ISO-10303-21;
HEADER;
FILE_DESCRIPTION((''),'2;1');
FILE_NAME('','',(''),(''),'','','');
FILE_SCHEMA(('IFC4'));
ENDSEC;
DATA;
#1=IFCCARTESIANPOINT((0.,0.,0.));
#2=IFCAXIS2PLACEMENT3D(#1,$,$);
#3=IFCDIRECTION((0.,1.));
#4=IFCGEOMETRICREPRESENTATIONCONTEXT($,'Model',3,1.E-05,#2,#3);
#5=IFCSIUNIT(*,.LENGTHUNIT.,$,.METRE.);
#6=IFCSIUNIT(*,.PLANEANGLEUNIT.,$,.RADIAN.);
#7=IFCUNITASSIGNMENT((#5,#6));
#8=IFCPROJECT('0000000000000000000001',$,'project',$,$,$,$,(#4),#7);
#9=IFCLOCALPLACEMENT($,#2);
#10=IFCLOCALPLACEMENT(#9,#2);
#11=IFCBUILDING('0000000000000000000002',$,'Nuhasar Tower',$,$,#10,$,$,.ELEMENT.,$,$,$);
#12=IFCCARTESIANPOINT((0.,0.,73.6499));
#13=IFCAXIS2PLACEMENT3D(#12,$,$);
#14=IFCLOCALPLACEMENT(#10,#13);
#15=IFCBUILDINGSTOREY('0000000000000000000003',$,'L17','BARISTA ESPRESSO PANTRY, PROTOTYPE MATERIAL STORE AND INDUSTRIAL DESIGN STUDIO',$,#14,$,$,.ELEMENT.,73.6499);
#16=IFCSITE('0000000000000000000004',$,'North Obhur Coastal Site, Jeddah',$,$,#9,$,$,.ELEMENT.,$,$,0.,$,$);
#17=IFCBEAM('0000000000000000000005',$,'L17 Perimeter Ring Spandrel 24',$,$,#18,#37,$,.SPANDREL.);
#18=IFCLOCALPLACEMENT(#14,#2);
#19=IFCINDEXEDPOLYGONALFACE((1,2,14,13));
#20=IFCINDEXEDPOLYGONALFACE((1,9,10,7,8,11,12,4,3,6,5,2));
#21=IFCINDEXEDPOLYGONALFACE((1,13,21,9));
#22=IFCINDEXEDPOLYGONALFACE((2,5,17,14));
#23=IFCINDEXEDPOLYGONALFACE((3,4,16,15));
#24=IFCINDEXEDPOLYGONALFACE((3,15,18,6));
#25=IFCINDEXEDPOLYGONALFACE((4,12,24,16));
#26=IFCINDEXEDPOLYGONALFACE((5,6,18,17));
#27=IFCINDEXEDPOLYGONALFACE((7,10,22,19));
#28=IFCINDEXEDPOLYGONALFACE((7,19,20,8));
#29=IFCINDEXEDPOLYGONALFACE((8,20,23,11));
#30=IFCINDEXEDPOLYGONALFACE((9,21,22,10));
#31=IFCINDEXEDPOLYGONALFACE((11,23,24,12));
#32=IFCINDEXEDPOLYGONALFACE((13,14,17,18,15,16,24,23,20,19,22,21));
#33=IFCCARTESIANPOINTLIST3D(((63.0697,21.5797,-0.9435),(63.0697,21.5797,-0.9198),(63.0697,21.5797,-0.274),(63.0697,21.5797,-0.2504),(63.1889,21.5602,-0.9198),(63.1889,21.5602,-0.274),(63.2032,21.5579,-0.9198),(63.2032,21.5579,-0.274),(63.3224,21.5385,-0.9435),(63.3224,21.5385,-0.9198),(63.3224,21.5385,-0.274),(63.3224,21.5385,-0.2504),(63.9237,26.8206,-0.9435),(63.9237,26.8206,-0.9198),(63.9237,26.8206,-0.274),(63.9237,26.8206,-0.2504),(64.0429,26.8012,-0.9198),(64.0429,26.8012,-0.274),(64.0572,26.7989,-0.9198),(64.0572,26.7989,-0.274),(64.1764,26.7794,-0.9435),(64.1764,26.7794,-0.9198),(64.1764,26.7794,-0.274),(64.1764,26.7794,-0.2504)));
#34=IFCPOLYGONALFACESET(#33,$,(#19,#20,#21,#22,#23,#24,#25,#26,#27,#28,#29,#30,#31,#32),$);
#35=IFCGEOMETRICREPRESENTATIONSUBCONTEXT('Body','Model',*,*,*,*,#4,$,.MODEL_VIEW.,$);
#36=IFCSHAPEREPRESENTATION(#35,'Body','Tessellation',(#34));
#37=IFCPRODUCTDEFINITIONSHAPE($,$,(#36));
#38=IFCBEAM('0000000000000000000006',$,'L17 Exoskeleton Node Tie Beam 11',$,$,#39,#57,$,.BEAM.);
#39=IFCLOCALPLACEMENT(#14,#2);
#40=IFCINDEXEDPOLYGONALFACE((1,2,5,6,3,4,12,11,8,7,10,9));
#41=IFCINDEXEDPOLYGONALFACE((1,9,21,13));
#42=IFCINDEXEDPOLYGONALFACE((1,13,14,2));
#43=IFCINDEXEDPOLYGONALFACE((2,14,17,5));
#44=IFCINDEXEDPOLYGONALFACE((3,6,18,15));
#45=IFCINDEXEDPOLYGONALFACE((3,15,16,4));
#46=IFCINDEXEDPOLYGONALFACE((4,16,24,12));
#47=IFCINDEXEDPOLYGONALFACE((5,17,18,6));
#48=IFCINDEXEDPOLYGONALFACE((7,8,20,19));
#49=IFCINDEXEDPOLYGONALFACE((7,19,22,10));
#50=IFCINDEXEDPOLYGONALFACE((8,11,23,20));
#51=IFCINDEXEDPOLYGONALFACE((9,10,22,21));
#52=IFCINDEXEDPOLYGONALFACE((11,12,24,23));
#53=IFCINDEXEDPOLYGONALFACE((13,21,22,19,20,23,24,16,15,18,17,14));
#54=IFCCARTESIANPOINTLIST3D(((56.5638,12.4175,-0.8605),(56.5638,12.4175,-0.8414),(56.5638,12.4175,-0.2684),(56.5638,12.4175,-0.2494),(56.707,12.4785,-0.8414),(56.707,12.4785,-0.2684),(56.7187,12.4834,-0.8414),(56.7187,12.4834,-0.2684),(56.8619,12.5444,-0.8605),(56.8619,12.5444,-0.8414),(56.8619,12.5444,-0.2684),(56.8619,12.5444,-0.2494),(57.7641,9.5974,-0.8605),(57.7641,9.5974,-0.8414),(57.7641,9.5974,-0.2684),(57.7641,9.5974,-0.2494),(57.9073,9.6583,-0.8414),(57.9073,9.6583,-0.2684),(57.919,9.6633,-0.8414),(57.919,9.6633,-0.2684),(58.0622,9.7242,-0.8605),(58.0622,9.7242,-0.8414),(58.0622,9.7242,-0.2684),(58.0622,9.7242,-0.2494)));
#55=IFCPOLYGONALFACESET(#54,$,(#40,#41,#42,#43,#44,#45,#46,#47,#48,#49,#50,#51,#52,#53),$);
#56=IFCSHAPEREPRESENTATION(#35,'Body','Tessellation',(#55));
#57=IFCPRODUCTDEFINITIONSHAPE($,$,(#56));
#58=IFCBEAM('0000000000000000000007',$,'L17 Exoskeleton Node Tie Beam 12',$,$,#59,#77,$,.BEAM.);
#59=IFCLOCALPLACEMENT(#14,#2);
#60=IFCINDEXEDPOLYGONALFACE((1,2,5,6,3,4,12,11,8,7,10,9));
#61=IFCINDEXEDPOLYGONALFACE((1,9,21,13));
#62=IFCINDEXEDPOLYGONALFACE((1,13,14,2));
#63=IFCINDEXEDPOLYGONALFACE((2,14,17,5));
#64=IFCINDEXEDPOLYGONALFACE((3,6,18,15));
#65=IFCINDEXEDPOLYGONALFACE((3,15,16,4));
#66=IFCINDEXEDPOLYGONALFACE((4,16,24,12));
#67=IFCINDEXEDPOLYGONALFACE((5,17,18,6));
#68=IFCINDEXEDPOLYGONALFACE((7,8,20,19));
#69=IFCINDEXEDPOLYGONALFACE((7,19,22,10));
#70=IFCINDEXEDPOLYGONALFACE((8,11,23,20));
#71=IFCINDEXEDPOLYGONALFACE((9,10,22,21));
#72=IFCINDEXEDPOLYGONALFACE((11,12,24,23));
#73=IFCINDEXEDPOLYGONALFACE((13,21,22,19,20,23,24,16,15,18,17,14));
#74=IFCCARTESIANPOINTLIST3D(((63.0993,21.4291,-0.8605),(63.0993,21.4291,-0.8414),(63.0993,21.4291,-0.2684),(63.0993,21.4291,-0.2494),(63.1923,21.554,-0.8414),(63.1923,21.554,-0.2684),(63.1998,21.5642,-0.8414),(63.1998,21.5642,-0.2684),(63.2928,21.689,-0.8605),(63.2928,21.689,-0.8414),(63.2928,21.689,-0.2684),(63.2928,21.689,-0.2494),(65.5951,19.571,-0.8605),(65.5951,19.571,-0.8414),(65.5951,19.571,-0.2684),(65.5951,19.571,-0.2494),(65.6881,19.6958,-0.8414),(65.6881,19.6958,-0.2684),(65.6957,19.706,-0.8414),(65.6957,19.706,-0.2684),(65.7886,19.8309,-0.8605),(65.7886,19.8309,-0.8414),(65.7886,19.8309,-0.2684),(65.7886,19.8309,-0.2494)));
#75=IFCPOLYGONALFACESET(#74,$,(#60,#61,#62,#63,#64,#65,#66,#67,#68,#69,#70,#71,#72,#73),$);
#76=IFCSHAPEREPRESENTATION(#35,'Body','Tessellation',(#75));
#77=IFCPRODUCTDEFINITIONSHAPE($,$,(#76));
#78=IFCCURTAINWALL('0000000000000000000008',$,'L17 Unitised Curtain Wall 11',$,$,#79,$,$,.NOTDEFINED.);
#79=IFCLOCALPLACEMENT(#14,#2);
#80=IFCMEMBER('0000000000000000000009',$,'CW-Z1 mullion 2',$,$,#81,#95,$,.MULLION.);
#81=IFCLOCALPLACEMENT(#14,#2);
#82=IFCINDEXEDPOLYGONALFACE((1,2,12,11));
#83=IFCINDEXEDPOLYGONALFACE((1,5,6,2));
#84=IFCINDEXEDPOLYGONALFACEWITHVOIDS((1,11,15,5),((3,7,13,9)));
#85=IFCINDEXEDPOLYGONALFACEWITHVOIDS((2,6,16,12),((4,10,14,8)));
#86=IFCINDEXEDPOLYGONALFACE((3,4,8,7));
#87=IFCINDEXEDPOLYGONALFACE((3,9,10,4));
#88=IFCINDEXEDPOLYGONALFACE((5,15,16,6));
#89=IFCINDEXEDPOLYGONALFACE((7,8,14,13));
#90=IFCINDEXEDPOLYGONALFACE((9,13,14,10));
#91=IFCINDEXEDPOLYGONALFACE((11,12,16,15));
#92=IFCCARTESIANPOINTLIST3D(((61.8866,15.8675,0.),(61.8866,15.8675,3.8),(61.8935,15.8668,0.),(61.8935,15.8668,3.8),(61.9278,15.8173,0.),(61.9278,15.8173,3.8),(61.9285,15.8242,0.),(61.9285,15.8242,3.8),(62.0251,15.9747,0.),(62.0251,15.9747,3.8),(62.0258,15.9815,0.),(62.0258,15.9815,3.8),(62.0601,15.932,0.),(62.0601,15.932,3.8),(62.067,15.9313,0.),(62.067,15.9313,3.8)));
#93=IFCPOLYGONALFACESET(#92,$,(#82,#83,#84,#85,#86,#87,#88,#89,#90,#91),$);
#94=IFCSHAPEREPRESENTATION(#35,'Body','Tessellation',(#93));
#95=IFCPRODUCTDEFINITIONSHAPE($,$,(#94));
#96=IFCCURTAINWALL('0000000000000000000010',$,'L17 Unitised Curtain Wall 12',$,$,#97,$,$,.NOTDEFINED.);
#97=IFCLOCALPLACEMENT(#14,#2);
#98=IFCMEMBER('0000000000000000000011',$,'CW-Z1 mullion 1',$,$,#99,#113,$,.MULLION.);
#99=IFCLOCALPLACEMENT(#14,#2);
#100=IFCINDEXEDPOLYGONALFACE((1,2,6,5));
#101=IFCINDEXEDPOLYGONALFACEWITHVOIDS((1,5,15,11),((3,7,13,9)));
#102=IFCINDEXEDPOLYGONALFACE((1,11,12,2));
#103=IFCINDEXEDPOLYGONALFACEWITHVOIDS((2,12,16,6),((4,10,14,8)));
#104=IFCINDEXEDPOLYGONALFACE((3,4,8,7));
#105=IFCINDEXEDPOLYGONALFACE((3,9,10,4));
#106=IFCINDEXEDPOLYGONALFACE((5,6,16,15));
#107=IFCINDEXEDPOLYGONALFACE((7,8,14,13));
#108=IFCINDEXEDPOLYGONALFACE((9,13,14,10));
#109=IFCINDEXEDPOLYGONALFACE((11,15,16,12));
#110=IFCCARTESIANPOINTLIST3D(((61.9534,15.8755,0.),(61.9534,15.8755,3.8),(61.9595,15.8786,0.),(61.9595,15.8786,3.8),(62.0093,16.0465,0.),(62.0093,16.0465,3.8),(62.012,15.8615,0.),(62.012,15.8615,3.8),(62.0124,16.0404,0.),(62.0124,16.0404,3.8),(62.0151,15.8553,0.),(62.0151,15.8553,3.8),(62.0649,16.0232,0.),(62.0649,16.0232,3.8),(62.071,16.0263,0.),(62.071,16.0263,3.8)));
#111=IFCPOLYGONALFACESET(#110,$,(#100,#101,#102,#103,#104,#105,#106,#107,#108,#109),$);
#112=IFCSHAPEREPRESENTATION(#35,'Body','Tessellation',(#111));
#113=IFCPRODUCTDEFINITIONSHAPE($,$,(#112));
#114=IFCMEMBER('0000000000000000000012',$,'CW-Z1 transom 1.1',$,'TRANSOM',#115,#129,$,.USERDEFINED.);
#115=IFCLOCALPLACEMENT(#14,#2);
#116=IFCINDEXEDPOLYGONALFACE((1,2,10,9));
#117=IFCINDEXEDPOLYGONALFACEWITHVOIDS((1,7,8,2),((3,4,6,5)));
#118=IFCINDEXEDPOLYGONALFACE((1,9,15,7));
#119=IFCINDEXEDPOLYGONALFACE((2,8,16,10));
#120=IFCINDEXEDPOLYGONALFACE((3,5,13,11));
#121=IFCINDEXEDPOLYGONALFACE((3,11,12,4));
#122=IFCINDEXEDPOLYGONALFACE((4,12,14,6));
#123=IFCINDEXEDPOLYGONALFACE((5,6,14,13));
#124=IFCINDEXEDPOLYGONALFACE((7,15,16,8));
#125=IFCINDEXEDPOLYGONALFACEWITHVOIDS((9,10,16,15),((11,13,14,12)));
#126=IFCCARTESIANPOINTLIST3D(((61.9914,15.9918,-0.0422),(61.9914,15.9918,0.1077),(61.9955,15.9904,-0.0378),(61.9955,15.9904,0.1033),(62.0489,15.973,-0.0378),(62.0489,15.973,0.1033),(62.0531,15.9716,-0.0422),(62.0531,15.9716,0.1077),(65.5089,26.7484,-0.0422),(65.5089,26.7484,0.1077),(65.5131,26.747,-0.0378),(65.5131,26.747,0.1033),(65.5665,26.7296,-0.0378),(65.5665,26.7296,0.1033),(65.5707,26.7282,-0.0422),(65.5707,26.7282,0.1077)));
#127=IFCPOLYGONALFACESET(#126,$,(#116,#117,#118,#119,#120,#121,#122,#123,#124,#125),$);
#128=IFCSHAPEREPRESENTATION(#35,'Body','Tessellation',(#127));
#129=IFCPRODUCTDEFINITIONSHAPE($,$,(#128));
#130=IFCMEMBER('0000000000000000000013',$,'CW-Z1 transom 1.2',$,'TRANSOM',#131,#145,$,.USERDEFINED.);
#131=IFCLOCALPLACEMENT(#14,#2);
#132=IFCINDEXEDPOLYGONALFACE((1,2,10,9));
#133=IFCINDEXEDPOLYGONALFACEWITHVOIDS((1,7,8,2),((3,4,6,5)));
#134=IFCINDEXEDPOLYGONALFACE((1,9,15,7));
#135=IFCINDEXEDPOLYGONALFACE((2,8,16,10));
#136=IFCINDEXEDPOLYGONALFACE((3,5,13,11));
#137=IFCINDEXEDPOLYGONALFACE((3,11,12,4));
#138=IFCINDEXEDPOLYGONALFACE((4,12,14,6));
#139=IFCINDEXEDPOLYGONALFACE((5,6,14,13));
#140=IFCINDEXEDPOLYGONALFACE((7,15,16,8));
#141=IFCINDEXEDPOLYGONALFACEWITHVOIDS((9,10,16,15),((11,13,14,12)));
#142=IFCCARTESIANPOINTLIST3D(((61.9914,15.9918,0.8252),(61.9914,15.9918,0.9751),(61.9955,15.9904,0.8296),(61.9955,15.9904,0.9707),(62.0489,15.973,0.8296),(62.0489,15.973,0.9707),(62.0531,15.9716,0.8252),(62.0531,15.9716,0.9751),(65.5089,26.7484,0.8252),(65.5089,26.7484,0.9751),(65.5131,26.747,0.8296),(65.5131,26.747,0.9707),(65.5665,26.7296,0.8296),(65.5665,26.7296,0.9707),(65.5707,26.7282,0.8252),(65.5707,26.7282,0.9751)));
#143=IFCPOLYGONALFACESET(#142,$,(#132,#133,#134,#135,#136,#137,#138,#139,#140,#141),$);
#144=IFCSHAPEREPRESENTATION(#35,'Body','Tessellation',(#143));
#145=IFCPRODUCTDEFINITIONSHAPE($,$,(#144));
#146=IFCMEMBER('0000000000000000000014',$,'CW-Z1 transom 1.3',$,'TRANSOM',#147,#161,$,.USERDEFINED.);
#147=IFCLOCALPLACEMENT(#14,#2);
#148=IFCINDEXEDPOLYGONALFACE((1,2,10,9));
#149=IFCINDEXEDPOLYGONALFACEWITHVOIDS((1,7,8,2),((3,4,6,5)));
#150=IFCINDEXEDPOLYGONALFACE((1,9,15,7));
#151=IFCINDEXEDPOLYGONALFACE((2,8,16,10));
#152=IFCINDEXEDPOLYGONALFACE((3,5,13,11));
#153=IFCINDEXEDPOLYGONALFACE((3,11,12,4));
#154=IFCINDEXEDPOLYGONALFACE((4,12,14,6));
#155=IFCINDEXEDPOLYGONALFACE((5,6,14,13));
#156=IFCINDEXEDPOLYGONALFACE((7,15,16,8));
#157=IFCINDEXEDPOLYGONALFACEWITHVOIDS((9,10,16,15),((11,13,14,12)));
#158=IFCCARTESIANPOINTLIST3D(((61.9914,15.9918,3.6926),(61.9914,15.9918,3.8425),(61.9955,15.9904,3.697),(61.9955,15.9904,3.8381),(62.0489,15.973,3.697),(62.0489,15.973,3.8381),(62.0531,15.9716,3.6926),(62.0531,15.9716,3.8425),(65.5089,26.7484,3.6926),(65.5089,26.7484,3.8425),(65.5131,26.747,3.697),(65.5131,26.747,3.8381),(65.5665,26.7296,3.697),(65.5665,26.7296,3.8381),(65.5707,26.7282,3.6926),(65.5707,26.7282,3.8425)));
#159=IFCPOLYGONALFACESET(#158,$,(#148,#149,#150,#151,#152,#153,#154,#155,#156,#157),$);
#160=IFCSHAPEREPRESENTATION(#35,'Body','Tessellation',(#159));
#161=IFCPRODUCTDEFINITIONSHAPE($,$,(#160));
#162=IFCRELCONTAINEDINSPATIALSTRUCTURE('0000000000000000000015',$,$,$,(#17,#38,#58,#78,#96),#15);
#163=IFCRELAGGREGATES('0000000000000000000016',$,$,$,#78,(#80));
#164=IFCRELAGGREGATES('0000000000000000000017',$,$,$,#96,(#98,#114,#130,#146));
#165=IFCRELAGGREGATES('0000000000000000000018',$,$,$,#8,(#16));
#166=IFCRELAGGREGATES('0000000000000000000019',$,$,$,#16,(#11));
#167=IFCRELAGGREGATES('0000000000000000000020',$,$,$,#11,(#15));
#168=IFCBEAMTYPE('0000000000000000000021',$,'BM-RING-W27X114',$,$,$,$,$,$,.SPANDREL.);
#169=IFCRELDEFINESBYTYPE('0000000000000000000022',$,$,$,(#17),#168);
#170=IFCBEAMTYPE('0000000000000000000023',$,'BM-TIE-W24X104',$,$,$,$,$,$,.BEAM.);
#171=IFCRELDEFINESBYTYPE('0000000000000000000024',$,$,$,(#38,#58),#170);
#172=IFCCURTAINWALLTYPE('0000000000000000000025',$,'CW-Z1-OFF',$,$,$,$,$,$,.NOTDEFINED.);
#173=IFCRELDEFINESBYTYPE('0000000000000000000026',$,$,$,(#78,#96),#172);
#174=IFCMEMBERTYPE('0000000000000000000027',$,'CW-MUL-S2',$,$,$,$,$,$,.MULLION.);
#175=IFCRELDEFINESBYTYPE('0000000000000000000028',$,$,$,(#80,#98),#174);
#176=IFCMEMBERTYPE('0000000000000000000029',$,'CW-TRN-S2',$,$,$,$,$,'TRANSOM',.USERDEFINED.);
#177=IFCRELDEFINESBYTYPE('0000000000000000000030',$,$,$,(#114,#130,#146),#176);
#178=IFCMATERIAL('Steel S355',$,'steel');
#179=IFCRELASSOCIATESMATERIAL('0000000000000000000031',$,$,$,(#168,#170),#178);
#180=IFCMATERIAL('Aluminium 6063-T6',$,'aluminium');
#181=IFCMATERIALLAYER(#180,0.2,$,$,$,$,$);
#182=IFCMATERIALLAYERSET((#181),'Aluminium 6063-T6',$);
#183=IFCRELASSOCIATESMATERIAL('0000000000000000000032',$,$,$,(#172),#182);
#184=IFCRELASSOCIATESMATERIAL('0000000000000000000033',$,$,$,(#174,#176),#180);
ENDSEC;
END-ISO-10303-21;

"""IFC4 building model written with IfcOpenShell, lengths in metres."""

from ifc_helpers import new_model, si_unit, direction, frame, origin, origin_2d, place, context, subcontext, project, spatial, hollow_rectangle, i_section, extrude, material, layer, layer_set, material_profile, profile_set, type_object, element, aggregate, save


model = new_model("IFC4")

# Units and contexts
model_context = context("Model", 3, precision=1e-05, world=origin(), true_north=direction((0.0, 1.0)))
body_context = subcontext(model_context, "Body", "Model", "MODEL_VIEW")
ifc_project = project(units=[si_unit("LENGTHUNIT", "METRE"), si_unit("PLANEANGLEUNIT", "RADIAN")], contexts=[model_context])

# Site, building, storey
site_placement = place(None, origin())
site = spatial("IfcSite", under=ifc_project, at=site_placement, Name="North Obhur Coastal Site, Jeddah", CompositionType="ELEMENT", RefElevation=0.0)
building_placement = place(site_placement, origin())
building = spatial("IfcBuilding", under=site, at=building_placement, Name="Nuhasar Tower", CompositionType="ELEMENT")
storey_placement = place(building_placement, frame((0.0, 0.0, 73.6499)))
storey = spatial("IfcBuildingStorey", under=building, at=storey_placement, Name="L17", Description="BARISTA ESPRESSO PANTRY, PROTOTYPE MATERIAL STORE AND INDUSTRIAL DESIGN STUDIO", CompositionType="ELEMENT", Elevation=73.6499)

# Beams
ifc_material_1 = material(Name="Steel S355", Category="steel")
ifc_material_profile_1 = material_profile(ifc_material_1, i_section(OverallWidth=0.2561, OverallDepth=0.6931, WebThickness=0.0144, FlangeThickness=0.0237, at=origin_2d()), Name="W27X114")
ifc_profile_set_1 = profile_set([ifc_material_profile_1], Name="Steel S355")
beam_type_1 = type_object("IfcBeamType", Name="BM-RING-W27X114", PredefinedType="SPANDREL", material=ifc_profile_set_1)
beam_1_placement = place(storey_placement, frame((63.196, 21.5591, -0.5969), z_axis=(0.160827, 0.986983, 0.0), x_axis=(-0.986983, 0.160827, 0.0)))
element("IfcBeam", 1, at=beam_1_placement, inside=storey, type_object=beam_type_1, Name="L17 Perimeter Ring Spandrel 24", PredefinedType="SPANDREL", context=body_context, shape_type="SweptSolid", body=[
    extrude(i_section(OverallWidth=0.2561, OverallDepth=0.6931, WebThickness=0.0144, FlangeThickness=0.0237, at=origin_2d()), origin(), (0.0, 0.0, 1.0), 5.3101),
])
ifc_material_profile_2 = material_profile(ifc_material_1, i_section(OverallWidth=0.324, OverallDepth=0.6111, WebThickness=0.0127, FlangeThickness=0.019, at=origin_2d()), Name="W24X104")
ifc_profile_set_2 = profile_set([ifc_material_profile_2], Name="Steel S355")
beam_type_2 = type_object("IfcBeamType", Name="BM-TIE-W24X104", PredefinedType="BEAM", material=ifc_profile_set_2)
beam_2_placement = place(storey_placement, frame((56.7129, 12.481, -0.5549), z_axis=(0.391601, -0.920135, 0.0), x_axis=(0.920135, 0.391601, 0.0)))
element("IfcBeam", 2, at=beam_2_placement, inside=storey, type_object=beam_type_2, Name="L17 Exoskeleton Node Tie Beam 11", PredefinedType="BEAM", context=body_context, shape_type="SweptSolid", body=[
    extrude(i_section(OverallWidth=0.324, OverallDepth=0.6111, WebThickness=0.0127, FlangeThickness=0.019, at=origin_2d()), origin(), (0.0, 0.0, 1.0), 3.0649),
])
beam_3_placement = place(storey_placement, frame((63.196, 21.5591, -0.5549), z_axis=(0.802113, -0.597172, 0.0), x_axis=(0.597172, 0.802113, 0.0)))
element("IfcBeam", 3, at=beam_3_placement, inside=storey, type_object=beam_type_2, Name="L17 Exoskeleton Node Tie Beam 12", PredefinedType="BEAM", context=body_context, shape_type="SweptSolid", body=[
    extrude(i_section(OverallWidth=0.324, OverallDepth=0.6111, WebThickness=0.0127, FlangeThickness=0.019, at=origin_2d()), origin(), (0.0, 0.0, 1.0), 3.1116),
])

# Curtain wall, member
ifc_material_2 = material(Name="Aluminium 6063-T6", Category="aluminium")
ifc_layer_1 = layer(ifc_material_2, 0.2)
ifc_layer_set_1 = layer_set([ifc_layer_1], Name="Aluminium 6063-T6")
curtain_wall_type = type_object("IfcCurtainWallType", Name="CW-Z1-OFF", PredefinedType="NOTDEFINED", material=ifc_layer_set_1)
curtain_wall_1_placement = place(storey_placement, origin())
curtain_wall_1 = element("IfcCurtainWall", 4, at=curtain_wall_1_placement, inside=storey, type_object=curtain_wall_type, Name="L17 Unitised Curtain Wall 11", PredefinedType="NOTDEFINED")
ifc_material_profile_3 = material_profile(ifc_material_2, hollow_rectangle(XDim=0.0649, YDim=0.1799, WallThickness=0.0049, at=origin_2d()), Name="CWM-2")
ifc_profile_set_3 = profile_set([ifc_material_profile_3], Name="Aluminium 6063-T6")
member_type_1 = type_object("IfcMemberType", Name="CW-MUL-S2", PredefinedType="MULLION", material=ifc_profile_set_3)
member_1_placement = place(storey_placement, frame((61.9768, 15.8994, 0.0), z_axis=(0.0, 0.0, 1.0), x_axis=(-0.633745, 0.773542, 0.0)))
member_1 = element("IfcMember", 5, at=member_1_placement, type_object=member_type_1, Name="CW-Z1 mullion 2", PredefinedType="MULLION", context=body_context, shape_type="SweptSolid", body=[
    extrude(hollow_rectangle(XDim=0.0649, YDim=0.1799, WallThickness=0.0049, at=origin_2d()), origin(), (0.0, 0.0, 1.0), 3.8),
])

# Curtain wall, members
curtain_wall_2_placement = place(storey_placement, origin())
curtain_wall_2 = element("IfcCurtainWall", 6, at=curtain_wall_2_placement, inside=storey, type_object=curtain_wall_type, Name="L17 Unitised Curtain Wall 12", PredefinedType="NOTDEFINED")
member_2_placement = place(storey_placement, frame((62.0122, 15.9509, 0.0), z_axis=(0.0, 0.0, 1.0), x_axis=(-0.950468, 0.310824, 0.0)))
member_2 = element("IfcMember", 7, at=member_2_placement, type_object=member_type_1, Name="CW-Z1 mullion 1", PredefinedType="MULLION", context=body_context, shape_type="SweptSolid", body=[
    extrude(hollow_rectangle(XDim=0.0649, YDim=0.1799, WallThickness=0.0049, at=origin_2d()), origin(), (0.0, 0.0, 1.0), 3.8),
])
ifc_material_profile_4 = material_profile(ifc_material_2, hollow_rectangle(XDim=0.0649, YDim=0.1499, WallThickness=0.0044, at=origin_2d()), Name="CWT-2")
ifc_profile_set_4 = profile_set([ifc_material_profile_4], Name="Aluminium 6063-T6")
member_type_2 = type_object("IfcMemberType", Name="CW-TRN-S2", ElementType="TRANSOM", PredefinedType="USERDEFINED", material=ifc_profile_set_4)
member_3_placement = place(storey_placement, frame((62.0222, 15.9817, 0.0327), z_axis=(0.310819, 0.950469, 0.0), x_axis=(-0.950469, 0.310819, 0.0)))
member_3 = element("IfcMember", 8, at=member_3_placement, type_object=member_type_2, Name="CW-Z1 transom 1.1", ObjectType="TRANSOM", PredefinedType="USERDEFINED", context=body_context, shape_type="SweptSolid", body=[
    extrude(hollow_rectangle(XDim=0.0649, YDim=0.1499, WallThickness=0.0044, at=origin_2d()), origin(), (0.0, 0.0, 1.0), 11.3171),
])
member_4_placement = place(storey_placement, frame((62.0222, 15.9817, 0.9001), z_axis=(0.310819, 0.950469, 0.0), x_axis=(-0.950469, 0.310819, 0.0)))
member_4 = element("IfcMember", 9, at=member_4_placement, type_object=member_type_2, Name="CW-Z1 transom 1.2", ObjectType="TRANSOM", PredefinedType="USERDEFINED", context=body_context, shape_type="SweptSolid", body=[
    extrude(hollow_rectangle(XDim=0.0649, YDim=0.1499, WallThickness=0.0044, at=origin_2d()), origin(), (0.0, 0.0, 1.0), 11.3171),
])
member_5_placement = place(storey_placement, frame((62.0222, 15.9817, 3.7676), z_axis=(0.310819, 0.950469, 0.0), x_axis=(-0.950469, 0.310819, 0.0)))
member_5 = element("IfcMember", 10, at=member_5_placement, type_object=member_type_2, Name="CW-Z1 transom 1.3", ObjectType="TRANSOM", PredefinedType="USERDEFINED", context=body_context, shape_type="SweptSolid", body=[
    extrude(hollow_rectangle(XDim=0.0649, YDim=0.1499, WallThickness=0.0044, at=origin_2d()), origin(), (0.0, 0.0, 1.0), 11.3171),
])

aggregate(curtain_wall_1, [member_1])
aggregate(curtain_wall_2, [member_2, member_3, member_4, member_5])

save(model, "model.ifc")
